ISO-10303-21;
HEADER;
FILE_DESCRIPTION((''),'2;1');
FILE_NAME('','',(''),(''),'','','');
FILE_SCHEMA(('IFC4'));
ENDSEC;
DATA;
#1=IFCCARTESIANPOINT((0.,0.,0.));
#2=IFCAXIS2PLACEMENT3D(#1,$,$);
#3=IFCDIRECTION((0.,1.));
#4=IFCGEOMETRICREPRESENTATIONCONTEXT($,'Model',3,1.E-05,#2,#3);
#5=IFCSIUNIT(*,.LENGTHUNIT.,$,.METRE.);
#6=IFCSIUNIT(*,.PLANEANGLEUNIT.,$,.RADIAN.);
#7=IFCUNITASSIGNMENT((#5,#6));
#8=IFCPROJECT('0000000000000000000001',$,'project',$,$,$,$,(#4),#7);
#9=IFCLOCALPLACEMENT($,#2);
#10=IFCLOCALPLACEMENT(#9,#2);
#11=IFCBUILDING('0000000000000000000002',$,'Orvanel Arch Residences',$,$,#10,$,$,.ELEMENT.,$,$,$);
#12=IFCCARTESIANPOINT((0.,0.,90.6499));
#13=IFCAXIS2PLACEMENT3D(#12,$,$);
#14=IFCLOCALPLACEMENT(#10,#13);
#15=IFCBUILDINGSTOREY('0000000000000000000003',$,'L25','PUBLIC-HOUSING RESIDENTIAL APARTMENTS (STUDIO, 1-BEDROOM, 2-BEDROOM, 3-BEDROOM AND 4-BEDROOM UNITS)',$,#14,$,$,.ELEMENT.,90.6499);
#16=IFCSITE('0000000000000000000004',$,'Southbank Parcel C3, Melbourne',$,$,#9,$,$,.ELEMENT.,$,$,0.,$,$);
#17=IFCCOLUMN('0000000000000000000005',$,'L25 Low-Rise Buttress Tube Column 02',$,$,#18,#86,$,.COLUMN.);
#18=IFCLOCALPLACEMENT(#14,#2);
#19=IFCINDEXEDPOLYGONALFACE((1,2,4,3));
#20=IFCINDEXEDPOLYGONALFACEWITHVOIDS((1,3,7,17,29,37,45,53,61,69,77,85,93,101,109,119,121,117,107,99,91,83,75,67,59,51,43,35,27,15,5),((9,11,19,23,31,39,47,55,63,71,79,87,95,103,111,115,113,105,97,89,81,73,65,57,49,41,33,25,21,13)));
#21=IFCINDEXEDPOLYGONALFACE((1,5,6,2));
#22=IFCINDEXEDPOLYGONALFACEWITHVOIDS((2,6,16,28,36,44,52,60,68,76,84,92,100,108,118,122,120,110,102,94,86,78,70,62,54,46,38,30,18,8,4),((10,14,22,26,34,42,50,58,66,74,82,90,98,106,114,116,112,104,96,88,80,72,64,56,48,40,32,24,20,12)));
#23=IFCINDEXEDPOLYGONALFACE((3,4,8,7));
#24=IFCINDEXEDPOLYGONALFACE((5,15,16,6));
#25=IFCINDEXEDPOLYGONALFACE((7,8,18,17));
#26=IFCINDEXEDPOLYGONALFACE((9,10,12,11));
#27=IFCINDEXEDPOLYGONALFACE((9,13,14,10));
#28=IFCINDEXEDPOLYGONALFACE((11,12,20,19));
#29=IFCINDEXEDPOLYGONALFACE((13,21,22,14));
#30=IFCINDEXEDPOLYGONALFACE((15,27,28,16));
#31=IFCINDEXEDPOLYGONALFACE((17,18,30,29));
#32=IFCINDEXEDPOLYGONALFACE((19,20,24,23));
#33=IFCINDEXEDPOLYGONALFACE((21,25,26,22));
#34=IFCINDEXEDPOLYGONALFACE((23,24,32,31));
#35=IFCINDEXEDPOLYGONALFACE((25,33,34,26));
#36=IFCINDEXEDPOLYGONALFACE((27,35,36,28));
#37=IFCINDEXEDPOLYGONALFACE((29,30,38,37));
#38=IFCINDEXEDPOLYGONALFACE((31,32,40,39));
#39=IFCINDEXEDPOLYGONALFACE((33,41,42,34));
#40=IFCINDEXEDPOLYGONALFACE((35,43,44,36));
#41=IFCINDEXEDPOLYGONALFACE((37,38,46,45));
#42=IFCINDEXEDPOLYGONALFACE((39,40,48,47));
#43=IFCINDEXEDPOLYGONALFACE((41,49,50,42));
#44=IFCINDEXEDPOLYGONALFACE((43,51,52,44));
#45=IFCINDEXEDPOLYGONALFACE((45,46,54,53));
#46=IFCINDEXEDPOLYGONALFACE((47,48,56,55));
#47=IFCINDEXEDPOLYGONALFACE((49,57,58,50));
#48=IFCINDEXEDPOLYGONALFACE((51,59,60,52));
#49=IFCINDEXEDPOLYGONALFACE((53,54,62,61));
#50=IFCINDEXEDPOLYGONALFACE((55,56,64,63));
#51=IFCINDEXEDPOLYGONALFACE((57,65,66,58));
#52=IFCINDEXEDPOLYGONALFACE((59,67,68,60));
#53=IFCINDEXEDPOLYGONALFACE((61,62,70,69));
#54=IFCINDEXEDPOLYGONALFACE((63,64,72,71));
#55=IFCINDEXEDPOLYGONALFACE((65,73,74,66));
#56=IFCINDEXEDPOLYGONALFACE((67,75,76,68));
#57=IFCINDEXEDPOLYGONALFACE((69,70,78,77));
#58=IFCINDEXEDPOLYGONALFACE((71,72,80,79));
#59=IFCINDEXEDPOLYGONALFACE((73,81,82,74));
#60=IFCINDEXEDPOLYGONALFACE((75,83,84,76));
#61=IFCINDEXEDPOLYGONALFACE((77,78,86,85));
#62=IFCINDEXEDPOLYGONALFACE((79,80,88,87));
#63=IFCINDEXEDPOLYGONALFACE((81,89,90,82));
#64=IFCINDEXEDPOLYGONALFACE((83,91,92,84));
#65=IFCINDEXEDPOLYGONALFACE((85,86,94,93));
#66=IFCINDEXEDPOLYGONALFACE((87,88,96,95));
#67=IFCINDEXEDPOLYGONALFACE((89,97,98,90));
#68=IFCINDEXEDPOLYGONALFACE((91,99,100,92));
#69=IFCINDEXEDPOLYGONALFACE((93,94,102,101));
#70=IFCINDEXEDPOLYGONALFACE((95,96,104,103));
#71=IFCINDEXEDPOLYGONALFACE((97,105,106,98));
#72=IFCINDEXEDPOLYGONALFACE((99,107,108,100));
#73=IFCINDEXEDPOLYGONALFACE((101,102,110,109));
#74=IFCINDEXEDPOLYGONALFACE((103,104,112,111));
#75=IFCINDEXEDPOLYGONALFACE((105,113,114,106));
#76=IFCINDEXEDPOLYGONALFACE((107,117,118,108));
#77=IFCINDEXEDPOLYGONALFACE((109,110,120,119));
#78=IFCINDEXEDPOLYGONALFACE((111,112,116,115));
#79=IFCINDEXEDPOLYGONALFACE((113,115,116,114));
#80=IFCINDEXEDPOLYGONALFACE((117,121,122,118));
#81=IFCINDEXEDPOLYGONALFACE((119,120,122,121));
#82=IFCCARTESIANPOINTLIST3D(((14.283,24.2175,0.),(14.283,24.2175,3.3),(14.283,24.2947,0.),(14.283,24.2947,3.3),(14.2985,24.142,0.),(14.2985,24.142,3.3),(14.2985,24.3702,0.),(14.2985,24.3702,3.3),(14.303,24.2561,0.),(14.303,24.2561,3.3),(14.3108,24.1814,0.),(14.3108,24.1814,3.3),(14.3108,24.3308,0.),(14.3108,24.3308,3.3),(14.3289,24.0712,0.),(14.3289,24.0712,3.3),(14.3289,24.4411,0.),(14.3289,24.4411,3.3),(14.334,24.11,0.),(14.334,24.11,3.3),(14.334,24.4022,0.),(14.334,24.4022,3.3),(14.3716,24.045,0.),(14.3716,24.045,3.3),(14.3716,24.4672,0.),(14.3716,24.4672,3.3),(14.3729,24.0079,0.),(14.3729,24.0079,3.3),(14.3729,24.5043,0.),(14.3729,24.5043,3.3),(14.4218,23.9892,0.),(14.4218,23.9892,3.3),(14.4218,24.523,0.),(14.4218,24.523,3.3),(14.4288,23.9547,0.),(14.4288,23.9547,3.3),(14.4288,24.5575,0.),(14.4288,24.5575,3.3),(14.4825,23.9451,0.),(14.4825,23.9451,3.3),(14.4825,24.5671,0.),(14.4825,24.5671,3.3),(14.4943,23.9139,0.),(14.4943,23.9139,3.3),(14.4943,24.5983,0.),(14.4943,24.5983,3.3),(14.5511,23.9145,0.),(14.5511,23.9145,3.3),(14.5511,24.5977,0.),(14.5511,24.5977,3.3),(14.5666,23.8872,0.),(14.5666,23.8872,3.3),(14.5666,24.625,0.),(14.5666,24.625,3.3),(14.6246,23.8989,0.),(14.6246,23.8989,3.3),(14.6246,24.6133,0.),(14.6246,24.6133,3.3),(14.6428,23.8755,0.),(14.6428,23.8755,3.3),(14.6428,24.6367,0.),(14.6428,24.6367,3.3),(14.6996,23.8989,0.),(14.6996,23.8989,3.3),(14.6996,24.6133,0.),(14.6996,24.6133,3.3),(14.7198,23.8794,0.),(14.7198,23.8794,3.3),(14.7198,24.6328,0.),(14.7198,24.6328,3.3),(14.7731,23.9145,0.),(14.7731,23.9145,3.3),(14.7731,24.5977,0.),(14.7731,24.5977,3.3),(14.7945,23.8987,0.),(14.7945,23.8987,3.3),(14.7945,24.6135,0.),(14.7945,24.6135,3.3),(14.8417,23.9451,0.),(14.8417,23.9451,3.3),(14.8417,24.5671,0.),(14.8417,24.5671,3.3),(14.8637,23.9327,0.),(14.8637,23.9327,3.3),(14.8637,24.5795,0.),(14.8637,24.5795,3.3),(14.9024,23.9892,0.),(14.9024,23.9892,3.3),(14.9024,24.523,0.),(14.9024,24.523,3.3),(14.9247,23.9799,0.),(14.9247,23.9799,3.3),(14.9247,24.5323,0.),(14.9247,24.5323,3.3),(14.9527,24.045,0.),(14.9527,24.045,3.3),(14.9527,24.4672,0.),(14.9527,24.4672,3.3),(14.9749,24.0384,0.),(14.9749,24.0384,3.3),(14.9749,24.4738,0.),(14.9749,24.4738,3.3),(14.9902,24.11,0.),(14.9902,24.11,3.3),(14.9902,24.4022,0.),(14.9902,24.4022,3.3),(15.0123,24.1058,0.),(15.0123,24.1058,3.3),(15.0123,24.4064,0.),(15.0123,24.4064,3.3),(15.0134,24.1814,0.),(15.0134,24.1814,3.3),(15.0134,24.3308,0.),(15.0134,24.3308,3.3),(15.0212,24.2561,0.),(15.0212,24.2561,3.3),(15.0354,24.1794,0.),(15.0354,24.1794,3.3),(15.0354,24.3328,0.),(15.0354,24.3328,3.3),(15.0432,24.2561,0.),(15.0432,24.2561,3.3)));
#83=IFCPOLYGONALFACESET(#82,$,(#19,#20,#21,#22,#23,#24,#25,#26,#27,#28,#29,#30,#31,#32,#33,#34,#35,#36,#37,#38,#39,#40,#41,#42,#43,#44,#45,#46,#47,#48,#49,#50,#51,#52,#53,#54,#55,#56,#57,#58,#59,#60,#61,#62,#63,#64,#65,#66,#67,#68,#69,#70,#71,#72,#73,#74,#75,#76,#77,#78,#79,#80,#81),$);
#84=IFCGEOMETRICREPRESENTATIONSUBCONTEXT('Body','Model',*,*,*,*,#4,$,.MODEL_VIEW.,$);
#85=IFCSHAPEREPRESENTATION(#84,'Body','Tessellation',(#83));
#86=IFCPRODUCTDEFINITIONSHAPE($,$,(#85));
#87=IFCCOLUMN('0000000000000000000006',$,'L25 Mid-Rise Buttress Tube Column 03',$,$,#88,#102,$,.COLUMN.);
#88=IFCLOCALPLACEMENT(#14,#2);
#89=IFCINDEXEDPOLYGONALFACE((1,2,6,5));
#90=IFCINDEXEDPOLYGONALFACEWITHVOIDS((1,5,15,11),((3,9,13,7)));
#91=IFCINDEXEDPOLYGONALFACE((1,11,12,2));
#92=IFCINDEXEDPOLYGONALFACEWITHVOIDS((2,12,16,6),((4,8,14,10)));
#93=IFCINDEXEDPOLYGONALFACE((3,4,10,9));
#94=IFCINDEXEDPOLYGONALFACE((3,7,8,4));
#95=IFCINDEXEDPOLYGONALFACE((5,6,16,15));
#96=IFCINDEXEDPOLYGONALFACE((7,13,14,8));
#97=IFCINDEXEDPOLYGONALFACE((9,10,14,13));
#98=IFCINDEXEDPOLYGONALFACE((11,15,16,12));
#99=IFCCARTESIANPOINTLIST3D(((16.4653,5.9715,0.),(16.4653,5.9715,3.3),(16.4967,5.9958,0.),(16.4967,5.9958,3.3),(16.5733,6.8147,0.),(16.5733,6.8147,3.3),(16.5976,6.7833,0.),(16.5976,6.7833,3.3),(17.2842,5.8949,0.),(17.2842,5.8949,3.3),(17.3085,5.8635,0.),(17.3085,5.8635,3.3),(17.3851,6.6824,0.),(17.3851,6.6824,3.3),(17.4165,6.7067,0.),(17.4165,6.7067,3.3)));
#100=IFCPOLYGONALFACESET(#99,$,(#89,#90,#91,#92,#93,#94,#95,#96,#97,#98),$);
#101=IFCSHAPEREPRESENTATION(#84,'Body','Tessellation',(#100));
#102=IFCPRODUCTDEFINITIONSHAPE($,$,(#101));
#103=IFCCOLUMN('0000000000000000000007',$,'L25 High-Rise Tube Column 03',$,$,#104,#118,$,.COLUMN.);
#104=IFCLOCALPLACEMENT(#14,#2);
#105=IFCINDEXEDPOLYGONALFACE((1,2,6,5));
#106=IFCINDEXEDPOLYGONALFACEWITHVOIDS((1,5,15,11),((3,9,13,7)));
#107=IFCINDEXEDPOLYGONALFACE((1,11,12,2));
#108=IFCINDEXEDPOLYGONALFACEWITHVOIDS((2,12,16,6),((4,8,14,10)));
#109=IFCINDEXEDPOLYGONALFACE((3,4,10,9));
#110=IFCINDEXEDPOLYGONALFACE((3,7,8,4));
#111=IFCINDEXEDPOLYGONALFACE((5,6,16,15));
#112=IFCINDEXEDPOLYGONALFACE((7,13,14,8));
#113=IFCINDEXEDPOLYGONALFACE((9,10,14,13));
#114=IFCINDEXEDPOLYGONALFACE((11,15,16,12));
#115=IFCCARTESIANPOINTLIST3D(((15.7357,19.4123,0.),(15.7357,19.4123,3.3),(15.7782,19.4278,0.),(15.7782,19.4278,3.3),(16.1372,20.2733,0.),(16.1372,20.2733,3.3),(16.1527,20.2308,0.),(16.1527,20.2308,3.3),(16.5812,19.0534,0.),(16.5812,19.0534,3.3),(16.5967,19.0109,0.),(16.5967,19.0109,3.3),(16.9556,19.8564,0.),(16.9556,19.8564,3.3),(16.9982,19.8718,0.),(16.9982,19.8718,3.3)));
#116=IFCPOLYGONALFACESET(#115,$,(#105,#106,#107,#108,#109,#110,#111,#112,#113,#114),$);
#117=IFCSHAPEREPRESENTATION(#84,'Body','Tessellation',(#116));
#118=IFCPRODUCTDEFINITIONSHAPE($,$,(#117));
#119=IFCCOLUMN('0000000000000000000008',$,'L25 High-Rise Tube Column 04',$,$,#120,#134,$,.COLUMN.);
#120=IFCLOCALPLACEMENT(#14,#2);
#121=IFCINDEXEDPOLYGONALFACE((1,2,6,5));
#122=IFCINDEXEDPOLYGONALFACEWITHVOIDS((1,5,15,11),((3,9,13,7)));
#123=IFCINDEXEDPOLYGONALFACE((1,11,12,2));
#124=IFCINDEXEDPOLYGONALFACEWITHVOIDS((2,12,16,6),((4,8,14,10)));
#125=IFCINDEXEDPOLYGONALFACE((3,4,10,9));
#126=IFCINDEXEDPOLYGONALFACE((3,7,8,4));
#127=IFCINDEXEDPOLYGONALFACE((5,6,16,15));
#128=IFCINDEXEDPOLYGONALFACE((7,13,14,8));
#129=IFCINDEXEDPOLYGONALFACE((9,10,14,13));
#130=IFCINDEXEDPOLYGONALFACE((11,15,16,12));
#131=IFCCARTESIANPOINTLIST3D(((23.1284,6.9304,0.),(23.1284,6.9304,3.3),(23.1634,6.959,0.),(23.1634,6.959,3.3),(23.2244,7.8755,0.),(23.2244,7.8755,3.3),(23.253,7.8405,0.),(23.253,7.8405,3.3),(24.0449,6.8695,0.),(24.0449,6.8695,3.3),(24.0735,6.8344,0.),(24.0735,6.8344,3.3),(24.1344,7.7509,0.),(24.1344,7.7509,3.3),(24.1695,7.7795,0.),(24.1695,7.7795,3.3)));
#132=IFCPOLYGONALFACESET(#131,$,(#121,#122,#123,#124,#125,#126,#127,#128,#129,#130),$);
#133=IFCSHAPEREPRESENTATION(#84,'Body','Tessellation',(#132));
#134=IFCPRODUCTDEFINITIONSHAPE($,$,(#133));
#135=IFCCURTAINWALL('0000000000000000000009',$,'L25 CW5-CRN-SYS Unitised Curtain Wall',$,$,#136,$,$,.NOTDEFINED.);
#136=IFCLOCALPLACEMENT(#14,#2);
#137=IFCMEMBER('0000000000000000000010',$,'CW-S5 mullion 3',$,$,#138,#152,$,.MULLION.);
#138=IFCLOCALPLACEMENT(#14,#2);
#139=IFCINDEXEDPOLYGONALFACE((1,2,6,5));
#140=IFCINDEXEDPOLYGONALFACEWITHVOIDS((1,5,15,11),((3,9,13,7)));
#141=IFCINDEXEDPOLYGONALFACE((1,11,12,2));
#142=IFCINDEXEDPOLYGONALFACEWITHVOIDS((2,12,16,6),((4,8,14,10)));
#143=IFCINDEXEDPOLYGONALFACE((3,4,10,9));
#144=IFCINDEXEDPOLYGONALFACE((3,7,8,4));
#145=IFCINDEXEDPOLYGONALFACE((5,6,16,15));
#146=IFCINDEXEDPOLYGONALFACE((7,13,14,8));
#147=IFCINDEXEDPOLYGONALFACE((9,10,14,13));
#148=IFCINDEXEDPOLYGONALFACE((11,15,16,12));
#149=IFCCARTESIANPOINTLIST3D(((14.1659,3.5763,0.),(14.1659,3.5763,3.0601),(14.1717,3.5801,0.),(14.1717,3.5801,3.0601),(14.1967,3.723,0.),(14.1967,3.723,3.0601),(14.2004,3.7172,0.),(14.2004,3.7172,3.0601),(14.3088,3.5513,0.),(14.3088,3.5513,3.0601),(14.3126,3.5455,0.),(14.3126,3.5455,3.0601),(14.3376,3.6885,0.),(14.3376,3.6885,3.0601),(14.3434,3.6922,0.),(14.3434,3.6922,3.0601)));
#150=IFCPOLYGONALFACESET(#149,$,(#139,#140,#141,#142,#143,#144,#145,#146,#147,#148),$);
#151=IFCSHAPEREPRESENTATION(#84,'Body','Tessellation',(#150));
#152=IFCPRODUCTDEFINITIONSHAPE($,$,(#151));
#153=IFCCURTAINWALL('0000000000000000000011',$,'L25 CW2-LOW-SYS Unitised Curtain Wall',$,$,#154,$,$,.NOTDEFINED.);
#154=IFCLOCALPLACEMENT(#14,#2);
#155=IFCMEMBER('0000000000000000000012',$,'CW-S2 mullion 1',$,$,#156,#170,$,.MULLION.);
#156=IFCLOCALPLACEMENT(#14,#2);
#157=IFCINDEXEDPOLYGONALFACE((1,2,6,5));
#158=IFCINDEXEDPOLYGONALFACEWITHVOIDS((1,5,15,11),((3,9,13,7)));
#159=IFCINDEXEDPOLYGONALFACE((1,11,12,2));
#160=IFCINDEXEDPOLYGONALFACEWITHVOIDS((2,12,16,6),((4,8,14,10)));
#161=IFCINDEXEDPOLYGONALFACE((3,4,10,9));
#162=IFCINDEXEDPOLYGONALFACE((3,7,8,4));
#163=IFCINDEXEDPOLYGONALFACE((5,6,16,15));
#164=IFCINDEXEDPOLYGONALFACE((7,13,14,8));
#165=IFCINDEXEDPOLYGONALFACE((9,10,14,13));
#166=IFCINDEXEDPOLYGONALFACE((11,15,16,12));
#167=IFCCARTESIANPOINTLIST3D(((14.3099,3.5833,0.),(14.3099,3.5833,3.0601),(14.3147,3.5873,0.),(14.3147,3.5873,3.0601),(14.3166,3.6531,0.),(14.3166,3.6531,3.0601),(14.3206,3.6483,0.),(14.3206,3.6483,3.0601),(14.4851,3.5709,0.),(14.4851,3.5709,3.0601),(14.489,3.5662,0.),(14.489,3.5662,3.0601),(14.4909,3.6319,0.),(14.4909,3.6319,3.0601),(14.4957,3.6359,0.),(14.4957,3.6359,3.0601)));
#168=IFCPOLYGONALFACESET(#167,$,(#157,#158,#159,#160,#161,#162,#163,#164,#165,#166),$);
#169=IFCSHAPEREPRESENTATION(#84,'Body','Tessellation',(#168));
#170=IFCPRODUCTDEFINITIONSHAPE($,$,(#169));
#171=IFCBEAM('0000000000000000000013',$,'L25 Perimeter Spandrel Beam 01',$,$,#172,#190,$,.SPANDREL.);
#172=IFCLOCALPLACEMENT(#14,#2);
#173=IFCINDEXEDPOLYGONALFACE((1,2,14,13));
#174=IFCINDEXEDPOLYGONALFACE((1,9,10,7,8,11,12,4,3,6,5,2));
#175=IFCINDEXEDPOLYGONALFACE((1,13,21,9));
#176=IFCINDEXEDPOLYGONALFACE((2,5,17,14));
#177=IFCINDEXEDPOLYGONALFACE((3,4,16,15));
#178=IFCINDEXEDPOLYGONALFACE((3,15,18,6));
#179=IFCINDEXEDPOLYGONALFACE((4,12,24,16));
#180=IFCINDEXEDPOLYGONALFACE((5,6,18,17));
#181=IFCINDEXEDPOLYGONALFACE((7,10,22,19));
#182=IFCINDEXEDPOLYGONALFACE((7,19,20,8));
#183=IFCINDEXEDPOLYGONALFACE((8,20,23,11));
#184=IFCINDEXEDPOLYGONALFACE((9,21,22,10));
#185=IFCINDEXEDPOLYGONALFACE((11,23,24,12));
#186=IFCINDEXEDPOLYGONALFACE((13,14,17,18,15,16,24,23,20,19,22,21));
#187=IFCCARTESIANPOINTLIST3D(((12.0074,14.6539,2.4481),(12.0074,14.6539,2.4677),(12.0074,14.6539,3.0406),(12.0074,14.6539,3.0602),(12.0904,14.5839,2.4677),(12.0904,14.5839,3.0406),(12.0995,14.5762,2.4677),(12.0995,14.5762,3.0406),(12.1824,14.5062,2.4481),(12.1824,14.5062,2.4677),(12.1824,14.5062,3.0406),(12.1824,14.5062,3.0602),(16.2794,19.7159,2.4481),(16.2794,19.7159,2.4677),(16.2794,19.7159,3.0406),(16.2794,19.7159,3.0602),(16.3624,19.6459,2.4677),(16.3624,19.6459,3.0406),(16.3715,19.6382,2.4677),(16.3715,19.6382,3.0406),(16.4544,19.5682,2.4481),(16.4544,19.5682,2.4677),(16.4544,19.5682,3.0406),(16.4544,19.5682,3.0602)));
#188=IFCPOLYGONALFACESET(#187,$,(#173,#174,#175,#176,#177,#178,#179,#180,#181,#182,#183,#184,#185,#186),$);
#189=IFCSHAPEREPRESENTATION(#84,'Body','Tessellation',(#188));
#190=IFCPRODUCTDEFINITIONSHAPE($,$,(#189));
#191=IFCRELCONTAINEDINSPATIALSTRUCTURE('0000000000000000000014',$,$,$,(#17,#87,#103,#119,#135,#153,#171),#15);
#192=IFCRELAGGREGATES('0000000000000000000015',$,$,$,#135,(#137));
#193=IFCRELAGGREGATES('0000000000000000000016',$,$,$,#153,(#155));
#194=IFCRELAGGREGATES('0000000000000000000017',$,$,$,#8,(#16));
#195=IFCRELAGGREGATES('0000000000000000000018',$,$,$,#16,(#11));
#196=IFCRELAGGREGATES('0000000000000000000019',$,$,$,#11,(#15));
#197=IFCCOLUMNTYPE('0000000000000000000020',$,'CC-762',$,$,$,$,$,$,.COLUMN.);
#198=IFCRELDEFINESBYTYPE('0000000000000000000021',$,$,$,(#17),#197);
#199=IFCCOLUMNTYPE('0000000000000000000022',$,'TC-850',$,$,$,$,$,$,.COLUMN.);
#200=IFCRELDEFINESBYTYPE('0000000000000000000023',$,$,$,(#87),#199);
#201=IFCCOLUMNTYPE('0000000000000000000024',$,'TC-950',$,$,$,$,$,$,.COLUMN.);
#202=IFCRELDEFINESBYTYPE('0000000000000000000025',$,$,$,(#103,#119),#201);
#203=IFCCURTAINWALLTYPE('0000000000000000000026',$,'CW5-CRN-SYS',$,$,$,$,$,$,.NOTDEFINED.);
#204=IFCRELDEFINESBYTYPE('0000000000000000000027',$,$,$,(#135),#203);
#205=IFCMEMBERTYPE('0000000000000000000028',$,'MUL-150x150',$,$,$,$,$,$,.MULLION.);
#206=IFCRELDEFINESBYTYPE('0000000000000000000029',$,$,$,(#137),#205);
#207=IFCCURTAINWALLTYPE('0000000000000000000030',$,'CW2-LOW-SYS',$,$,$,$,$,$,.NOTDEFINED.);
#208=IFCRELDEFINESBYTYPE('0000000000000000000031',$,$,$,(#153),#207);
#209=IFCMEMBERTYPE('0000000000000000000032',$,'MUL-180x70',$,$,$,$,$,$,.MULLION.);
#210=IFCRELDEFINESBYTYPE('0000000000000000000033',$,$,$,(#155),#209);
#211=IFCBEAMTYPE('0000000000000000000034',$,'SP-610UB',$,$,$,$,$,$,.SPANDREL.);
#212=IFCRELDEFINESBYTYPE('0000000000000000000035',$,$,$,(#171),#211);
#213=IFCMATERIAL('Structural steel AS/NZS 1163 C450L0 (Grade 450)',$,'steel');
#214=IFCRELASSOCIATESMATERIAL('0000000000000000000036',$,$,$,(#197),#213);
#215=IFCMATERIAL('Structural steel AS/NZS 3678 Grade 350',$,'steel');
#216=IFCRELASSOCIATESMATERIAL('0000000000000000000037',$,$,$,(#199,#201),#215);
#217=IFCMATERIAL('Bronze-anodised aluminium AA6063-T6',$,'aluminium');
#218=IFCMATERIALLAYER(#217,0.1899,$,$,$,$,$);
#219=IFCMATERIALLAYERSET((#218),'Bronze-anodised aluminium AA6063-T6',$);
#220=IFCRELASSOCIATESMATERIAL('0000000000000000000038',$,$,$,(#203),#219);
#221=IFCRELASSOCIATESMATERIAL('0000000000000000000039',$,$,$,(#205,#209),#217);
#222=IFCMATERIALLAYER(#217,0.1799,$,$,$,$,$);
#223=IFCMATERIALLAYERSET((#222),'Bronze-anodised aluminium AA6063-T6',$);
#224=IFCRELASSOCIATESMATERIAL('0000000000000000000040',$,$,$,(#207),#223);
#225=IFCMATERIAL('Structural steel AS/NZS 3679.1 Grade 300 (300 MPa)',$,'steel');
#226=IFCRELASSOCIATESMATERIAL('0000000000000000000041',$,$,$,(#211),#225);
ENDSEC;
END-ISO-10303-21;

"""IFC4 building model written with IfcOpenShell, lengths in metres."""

from ifc_helpers import new_model, si_unit, direction, frame, origin, origin_2d, place, context, subcontext, project, spatial, hollow_rectangle, hollow_circle, i_section, extrude, material, layer, layer_set, material_profile, profile_set, type_object, element, aggregate, save


model = new_model("IFC4")

# Units and contexts
model_context = context("Model", 3, precision=1e-05, world=origin(), true_north=direction((0.0, 1.0)))
body_context = subcontext(model_context, "Body", "Model", "MODEL_VIEW")
ifc_project = project(units=[si_unit("LENGTHUNIT", "METRE"), si_unit("PLANEANGLEUNIT", "RADIAN")], contexts=[model_context])

# Site, building, storey
site_placement = place(None, origin())
site = spatial("IfcSite", under=ifc_project, at=site_placement, Name="Southbank Parcel C3, Melbourne", CompositionType="ELEMENT", RefElevation=0.0)
building_placement = place(site_placement, origin())
building = spatial("IfcBuilding", under=site, at=building_placement, Name="Orvanel Arch Residences", CompositionType="ELEMENT")
storey_placement = place(building_placement, frame((0.0, 0.0, 90.6499)))
storey = spatial("IfcBuildingStorey", under=building, at=storey_placement, Name="L25", Description="PUBLIC-HOUSING RESIDENTIAL APARTMENTS (STUDIO, 1-BEDROOM, 2-BEDROOM, 3-BEDROOM AND 4-BEDROOM UNITS)", CompositionType="ELEMENT", Elevation=90.6499)

# Columns
ifc_material_1 = material(Name="Structural steel AS/NZS 1163 C450L0 (Grade 450)", Category="steel")
ifc_material_profile_1 = material_profile(ifc_material_1, hollow_circle(Radius=0.3811, WallThickness=0.022, at=origin_2d()), Name="CHS762x22")
ifc_profile_set_1 = profile_set([ifc_material_profile_1], Name="Structural steel AS/NZS 1163 C450L0 (Grade 450)")
column_type_1 = type_object("IfcColumnType", Name="CC-762", PredefinedType="COLUMN", material=ifc_profile_set_1)
column_1_placement = place(storey_placement, frame((14.6621, 24.2561, 0.0), z_axis=(0.0, 0.0, 1.0), x_axis=(1.0, 0.0, 0.0)))
element("IfcColumn", 1, at=column_1_placement, inside=storey, type_object=column_type_1, Name="L25 Low-Rise Buttress Tube Column 02", PredefinedType="COLUMN", context=body_context, shape_type="SweptSolid", body=[
    extrude(hollow_circle(Radius=0.3811, WallThickness=0.022, at=origin_2d()), origin(), (0.0, 0.0, 1.0), 3.3),
])
ifc_material_2 = material(Name="Structural steel AS/NZS 3678 Grade 350", Category="steel")
ifc_material_profile_2 = material_profile(ifc_material_2, hollow_rectangle(XDim=0.8501, YDim=0.8501, WallThickness=0.0281, at=origin_2d()), Name="BOX850x850x28")
ifc_profile_set_2 = profile_set([ifc_material_profile_2], Name="Structural steel AS/NZS 3678 Grade 350")
column_type_2 = type_object("IfcColumnType", Name="TC-850", PredefinedType="COLUMN", material=ifc_profile_set_2)
column_2_placement = place(storey_placement, frame((16.9409, 6.3391, 0.0), z_axis=(0.0, 0.0, 1.0), x_axis=(-0.991894, 0.127065, 0.0)))
element("IfcColumn", 2, at=column_2_placement, inside=storey, type_object=column_type_2, Name="L25 Mid-Rise Buttress Tube Column 03", PredefinedType="COLUMN", context=body_context, shape_type="SweptSolid", body=[
    extrude(hollow_rectangle(XDim=0.8501, YDim=0.8501, WallThickness=0.0281, at=origin_2d()), origin(), (0.0, 0.0, 1.0), 3.3),
])
ifc_material_profile_3 = material_profile(ifc_material_2, hollow_rectangle(XDim=0.95, YDim=0.95, WallThickness=0.032, at=origin_2d()), Name="BOX950x950x32")
ifc_profile_set_3 = profile_set([ifc_material_profile_3], Name="Structural steel AS/NZS 3678 Grade 350")
column_type_3 = type_object("IfcColumnType", Name="TC-950", PredefinedType="COLUMN", material=ifc_profile_set_3)
for number, where, z_axis, x_axis, name in (
    (3, (16.3669, 19.6421, 0.0), (0.0, 0.0, 1.0), (0.422618, 0.906308, 0.0), "L25 High-Rise Tube Column 03"),
    (4, (23.6489, 7.355, 0.0), (0.0, 0.0, 1.0), (-0.994881, 0.101056, 0.0), "L25 High-Rise Tube Column 04"),
):
    element("IfcColumn", number, at=place(storey_placement, frame(where, z_axis=z_axis, x_axis=x_axis)), inside=storey, type_object=column_type_3, Name=name, PredefinedType="COLUMN", context=body_context, shape_type="SweptSolid", body=[
        extrude(hollow_rectangle(XDim=0.95, YDim=0.95, WallThickness=0.032, at=origin_2d()), origin(), (0.0, 0.0, 1.0), 3.3),
    ])

# Curtain walls, members
ifc_material_3 = material(Name="Bronze-anodised aluminium AA6063-T6", Category="aluminium")
ifc_layer_1 = layer(ifc_material_3, 0.1899)
ifc_layer_set_1 = layer_set([ifc_layer_1], Name="Bronze-anodised aluminium AA6063-T6")
curtain_wall_type_1 = type_object("IfcCurtainWallType", Name="CW5-CRN-SYS", PredefinedType="NOTDEFINED", material=ifc_layer_set_1)
curtain_wall_1_placement = place(storey_placement, origin())
curtain_wall_1 = element("IfcCurtainWall", 5, at=curtain_wall_1_placement, inside=storey, type_object=curtain_wall_type_1, Name="L25 CW5-CRN-SYS Unitised Curtain Wall", PredefinedType="NOTDEFINED")
ifc_material_profile_4 = material_profile(ifc_material_3, hollow_rectangle(XDim=0.1499, YDim=0.1499, WallThickness=0.0049, at=origin_2d()), Name="ALU150x150x5")
ifc_profile_set_4 = profile_set([ifc_material_profile_4], Name="Bronze-anodised aluminium AA6063-T6")
member_type_1 = type_object("IfcMemberType", Name="MUL-150x150", PredefinedType="MULLION", material=ifc_profile_set_4)
member_1_placement = place(storey_placement, frame((14.2546, 3.6343, 0.0), z_axis=(0.0, 0.0, 1.0), x_axis=(0.205293, 0.9787, 0.0)))
member_1 = element("IfcMember", 6, at=member_1_placement, type_object=member_type_1, Name="CW-S5 mullion 3", PredefinedType="MULLION", context=body_context, shape_type="SweptSolid", body=[
    extrude(hollow_rectangle(XDim=0.1499, YDim=0.1499, WallThickness=0.0049, at=origin_2d()), origin(), (0.0, 0.0, 1.0), 3.0601),
])
aggregate(curtain_wall_1, [member_1])
ifc_layer_2 = layer(ifc_material_3, 0.1799)
ifc_layer_set_2 = layer_set([ifc_layer_2], Name="Bronze-anodised aluminium AA6063-T6")
curtain_wall_type_2 = type_object("IfcCurtainWallType", Name="CW2-LOW-SYS", PredefinedType="NOTDEFINED", material=ifc_layer_set_2)
curtain_wall_2_placement = place(storey_placement, origin())
curtain_wall_2 = element("IfcCurtainWall", 7, at=curtain_wall_2_placement, inside=storey, type_object=curtain_wall_type_2, Name="L25 CW2-LOW-SYS Unitised Curtain Wall", PredefinedType="NOTDEFINED")
ifc_material_profile_5 = material_profile(ifc_material_3, hollow_rectangle(XDim=0.0701, YDim=0.1799, WallThickness=0.0044, at=origin_2d()), Name="ALU180x70x4.5")
ifc_profile_set_5 = profile_set([ifc_material_profile_5], Name="Bronze-anodised aluminium AA6063-T6")
member_type_2 = type_object("IfcMemberType", Name="MUL-180x70", PredefinedType="MULLION", material=ifc_profile_set_5)
member_2_placement = place(storey_placement, frame((14.4028, 3.6096, 0.0), z_axis=(0.0, 0.0, 1.0), x_axis=(0.095487, 0.995431, 0.0)))
member_2 = element("IfcMember", 8, at=member_2_placement, type_object=member_type_2, Name="CW-S2 mullion 1", PredefinedType="MULLION", context=body_context, shape_type="SweptSolid", body=[
    extrude(hollow_rectangle(XDim=0.0701, YDim=0.1799, WallThickness=0.0044, at=origin_2d()), origin(), (0.0, 0.0, 1.0), 3.0601),
])

# Beam
ifc_material_4 = material(Name="Structural steel AS/NZS 3679.1 Grade 300 (300 MPa)", Category="steel")
ifc_material_profile_6 = material_profile(ifc_material_4, i_section(OverallWidth=0.229, OverallDepth=0.6121, WebThickness=0.012, FlangeThickness=0.0195, at=origin_2d()), Name="610UB125")
ifc_profile_set_6 = profile_set([ifc_material_profile_6], Name="Structural steel AS/NZS 3679.1 Grade 300 (300 MPa)")
beam_type = type_object("IfcBeamType", Name="SP-610UB", PredefinedType="SPANDREL", material=ifc_profile_set_6)
beam_1_placement = place(storey_placement, frame((16.3669, 19.6421, 2.7542), z_axis=(-0.64495, -0.764224, 0.0), x_axis=(0.764224, -0.64495, 0.0)))
element("IfcBeam", 9, at=beam_1_placement, inside=storey, type_object=beam_type, Name="L25 Perimeter Spandrel Beam 01", PredefinedType="SPANDREL", context=body_context, shape_type="SweptSolid", body=[
    extrude(i_section(OverallWidth=0.229, OverallDepth=0.6121, WebThickness=0.012, FlangeThickness=0.0195, at=origin_2d()), origin(), (0.0, 0.0, 1.0), 6.6238),
])

aggregate(curtain_wall_2, [member_2])

save(model, "model.ifc")
